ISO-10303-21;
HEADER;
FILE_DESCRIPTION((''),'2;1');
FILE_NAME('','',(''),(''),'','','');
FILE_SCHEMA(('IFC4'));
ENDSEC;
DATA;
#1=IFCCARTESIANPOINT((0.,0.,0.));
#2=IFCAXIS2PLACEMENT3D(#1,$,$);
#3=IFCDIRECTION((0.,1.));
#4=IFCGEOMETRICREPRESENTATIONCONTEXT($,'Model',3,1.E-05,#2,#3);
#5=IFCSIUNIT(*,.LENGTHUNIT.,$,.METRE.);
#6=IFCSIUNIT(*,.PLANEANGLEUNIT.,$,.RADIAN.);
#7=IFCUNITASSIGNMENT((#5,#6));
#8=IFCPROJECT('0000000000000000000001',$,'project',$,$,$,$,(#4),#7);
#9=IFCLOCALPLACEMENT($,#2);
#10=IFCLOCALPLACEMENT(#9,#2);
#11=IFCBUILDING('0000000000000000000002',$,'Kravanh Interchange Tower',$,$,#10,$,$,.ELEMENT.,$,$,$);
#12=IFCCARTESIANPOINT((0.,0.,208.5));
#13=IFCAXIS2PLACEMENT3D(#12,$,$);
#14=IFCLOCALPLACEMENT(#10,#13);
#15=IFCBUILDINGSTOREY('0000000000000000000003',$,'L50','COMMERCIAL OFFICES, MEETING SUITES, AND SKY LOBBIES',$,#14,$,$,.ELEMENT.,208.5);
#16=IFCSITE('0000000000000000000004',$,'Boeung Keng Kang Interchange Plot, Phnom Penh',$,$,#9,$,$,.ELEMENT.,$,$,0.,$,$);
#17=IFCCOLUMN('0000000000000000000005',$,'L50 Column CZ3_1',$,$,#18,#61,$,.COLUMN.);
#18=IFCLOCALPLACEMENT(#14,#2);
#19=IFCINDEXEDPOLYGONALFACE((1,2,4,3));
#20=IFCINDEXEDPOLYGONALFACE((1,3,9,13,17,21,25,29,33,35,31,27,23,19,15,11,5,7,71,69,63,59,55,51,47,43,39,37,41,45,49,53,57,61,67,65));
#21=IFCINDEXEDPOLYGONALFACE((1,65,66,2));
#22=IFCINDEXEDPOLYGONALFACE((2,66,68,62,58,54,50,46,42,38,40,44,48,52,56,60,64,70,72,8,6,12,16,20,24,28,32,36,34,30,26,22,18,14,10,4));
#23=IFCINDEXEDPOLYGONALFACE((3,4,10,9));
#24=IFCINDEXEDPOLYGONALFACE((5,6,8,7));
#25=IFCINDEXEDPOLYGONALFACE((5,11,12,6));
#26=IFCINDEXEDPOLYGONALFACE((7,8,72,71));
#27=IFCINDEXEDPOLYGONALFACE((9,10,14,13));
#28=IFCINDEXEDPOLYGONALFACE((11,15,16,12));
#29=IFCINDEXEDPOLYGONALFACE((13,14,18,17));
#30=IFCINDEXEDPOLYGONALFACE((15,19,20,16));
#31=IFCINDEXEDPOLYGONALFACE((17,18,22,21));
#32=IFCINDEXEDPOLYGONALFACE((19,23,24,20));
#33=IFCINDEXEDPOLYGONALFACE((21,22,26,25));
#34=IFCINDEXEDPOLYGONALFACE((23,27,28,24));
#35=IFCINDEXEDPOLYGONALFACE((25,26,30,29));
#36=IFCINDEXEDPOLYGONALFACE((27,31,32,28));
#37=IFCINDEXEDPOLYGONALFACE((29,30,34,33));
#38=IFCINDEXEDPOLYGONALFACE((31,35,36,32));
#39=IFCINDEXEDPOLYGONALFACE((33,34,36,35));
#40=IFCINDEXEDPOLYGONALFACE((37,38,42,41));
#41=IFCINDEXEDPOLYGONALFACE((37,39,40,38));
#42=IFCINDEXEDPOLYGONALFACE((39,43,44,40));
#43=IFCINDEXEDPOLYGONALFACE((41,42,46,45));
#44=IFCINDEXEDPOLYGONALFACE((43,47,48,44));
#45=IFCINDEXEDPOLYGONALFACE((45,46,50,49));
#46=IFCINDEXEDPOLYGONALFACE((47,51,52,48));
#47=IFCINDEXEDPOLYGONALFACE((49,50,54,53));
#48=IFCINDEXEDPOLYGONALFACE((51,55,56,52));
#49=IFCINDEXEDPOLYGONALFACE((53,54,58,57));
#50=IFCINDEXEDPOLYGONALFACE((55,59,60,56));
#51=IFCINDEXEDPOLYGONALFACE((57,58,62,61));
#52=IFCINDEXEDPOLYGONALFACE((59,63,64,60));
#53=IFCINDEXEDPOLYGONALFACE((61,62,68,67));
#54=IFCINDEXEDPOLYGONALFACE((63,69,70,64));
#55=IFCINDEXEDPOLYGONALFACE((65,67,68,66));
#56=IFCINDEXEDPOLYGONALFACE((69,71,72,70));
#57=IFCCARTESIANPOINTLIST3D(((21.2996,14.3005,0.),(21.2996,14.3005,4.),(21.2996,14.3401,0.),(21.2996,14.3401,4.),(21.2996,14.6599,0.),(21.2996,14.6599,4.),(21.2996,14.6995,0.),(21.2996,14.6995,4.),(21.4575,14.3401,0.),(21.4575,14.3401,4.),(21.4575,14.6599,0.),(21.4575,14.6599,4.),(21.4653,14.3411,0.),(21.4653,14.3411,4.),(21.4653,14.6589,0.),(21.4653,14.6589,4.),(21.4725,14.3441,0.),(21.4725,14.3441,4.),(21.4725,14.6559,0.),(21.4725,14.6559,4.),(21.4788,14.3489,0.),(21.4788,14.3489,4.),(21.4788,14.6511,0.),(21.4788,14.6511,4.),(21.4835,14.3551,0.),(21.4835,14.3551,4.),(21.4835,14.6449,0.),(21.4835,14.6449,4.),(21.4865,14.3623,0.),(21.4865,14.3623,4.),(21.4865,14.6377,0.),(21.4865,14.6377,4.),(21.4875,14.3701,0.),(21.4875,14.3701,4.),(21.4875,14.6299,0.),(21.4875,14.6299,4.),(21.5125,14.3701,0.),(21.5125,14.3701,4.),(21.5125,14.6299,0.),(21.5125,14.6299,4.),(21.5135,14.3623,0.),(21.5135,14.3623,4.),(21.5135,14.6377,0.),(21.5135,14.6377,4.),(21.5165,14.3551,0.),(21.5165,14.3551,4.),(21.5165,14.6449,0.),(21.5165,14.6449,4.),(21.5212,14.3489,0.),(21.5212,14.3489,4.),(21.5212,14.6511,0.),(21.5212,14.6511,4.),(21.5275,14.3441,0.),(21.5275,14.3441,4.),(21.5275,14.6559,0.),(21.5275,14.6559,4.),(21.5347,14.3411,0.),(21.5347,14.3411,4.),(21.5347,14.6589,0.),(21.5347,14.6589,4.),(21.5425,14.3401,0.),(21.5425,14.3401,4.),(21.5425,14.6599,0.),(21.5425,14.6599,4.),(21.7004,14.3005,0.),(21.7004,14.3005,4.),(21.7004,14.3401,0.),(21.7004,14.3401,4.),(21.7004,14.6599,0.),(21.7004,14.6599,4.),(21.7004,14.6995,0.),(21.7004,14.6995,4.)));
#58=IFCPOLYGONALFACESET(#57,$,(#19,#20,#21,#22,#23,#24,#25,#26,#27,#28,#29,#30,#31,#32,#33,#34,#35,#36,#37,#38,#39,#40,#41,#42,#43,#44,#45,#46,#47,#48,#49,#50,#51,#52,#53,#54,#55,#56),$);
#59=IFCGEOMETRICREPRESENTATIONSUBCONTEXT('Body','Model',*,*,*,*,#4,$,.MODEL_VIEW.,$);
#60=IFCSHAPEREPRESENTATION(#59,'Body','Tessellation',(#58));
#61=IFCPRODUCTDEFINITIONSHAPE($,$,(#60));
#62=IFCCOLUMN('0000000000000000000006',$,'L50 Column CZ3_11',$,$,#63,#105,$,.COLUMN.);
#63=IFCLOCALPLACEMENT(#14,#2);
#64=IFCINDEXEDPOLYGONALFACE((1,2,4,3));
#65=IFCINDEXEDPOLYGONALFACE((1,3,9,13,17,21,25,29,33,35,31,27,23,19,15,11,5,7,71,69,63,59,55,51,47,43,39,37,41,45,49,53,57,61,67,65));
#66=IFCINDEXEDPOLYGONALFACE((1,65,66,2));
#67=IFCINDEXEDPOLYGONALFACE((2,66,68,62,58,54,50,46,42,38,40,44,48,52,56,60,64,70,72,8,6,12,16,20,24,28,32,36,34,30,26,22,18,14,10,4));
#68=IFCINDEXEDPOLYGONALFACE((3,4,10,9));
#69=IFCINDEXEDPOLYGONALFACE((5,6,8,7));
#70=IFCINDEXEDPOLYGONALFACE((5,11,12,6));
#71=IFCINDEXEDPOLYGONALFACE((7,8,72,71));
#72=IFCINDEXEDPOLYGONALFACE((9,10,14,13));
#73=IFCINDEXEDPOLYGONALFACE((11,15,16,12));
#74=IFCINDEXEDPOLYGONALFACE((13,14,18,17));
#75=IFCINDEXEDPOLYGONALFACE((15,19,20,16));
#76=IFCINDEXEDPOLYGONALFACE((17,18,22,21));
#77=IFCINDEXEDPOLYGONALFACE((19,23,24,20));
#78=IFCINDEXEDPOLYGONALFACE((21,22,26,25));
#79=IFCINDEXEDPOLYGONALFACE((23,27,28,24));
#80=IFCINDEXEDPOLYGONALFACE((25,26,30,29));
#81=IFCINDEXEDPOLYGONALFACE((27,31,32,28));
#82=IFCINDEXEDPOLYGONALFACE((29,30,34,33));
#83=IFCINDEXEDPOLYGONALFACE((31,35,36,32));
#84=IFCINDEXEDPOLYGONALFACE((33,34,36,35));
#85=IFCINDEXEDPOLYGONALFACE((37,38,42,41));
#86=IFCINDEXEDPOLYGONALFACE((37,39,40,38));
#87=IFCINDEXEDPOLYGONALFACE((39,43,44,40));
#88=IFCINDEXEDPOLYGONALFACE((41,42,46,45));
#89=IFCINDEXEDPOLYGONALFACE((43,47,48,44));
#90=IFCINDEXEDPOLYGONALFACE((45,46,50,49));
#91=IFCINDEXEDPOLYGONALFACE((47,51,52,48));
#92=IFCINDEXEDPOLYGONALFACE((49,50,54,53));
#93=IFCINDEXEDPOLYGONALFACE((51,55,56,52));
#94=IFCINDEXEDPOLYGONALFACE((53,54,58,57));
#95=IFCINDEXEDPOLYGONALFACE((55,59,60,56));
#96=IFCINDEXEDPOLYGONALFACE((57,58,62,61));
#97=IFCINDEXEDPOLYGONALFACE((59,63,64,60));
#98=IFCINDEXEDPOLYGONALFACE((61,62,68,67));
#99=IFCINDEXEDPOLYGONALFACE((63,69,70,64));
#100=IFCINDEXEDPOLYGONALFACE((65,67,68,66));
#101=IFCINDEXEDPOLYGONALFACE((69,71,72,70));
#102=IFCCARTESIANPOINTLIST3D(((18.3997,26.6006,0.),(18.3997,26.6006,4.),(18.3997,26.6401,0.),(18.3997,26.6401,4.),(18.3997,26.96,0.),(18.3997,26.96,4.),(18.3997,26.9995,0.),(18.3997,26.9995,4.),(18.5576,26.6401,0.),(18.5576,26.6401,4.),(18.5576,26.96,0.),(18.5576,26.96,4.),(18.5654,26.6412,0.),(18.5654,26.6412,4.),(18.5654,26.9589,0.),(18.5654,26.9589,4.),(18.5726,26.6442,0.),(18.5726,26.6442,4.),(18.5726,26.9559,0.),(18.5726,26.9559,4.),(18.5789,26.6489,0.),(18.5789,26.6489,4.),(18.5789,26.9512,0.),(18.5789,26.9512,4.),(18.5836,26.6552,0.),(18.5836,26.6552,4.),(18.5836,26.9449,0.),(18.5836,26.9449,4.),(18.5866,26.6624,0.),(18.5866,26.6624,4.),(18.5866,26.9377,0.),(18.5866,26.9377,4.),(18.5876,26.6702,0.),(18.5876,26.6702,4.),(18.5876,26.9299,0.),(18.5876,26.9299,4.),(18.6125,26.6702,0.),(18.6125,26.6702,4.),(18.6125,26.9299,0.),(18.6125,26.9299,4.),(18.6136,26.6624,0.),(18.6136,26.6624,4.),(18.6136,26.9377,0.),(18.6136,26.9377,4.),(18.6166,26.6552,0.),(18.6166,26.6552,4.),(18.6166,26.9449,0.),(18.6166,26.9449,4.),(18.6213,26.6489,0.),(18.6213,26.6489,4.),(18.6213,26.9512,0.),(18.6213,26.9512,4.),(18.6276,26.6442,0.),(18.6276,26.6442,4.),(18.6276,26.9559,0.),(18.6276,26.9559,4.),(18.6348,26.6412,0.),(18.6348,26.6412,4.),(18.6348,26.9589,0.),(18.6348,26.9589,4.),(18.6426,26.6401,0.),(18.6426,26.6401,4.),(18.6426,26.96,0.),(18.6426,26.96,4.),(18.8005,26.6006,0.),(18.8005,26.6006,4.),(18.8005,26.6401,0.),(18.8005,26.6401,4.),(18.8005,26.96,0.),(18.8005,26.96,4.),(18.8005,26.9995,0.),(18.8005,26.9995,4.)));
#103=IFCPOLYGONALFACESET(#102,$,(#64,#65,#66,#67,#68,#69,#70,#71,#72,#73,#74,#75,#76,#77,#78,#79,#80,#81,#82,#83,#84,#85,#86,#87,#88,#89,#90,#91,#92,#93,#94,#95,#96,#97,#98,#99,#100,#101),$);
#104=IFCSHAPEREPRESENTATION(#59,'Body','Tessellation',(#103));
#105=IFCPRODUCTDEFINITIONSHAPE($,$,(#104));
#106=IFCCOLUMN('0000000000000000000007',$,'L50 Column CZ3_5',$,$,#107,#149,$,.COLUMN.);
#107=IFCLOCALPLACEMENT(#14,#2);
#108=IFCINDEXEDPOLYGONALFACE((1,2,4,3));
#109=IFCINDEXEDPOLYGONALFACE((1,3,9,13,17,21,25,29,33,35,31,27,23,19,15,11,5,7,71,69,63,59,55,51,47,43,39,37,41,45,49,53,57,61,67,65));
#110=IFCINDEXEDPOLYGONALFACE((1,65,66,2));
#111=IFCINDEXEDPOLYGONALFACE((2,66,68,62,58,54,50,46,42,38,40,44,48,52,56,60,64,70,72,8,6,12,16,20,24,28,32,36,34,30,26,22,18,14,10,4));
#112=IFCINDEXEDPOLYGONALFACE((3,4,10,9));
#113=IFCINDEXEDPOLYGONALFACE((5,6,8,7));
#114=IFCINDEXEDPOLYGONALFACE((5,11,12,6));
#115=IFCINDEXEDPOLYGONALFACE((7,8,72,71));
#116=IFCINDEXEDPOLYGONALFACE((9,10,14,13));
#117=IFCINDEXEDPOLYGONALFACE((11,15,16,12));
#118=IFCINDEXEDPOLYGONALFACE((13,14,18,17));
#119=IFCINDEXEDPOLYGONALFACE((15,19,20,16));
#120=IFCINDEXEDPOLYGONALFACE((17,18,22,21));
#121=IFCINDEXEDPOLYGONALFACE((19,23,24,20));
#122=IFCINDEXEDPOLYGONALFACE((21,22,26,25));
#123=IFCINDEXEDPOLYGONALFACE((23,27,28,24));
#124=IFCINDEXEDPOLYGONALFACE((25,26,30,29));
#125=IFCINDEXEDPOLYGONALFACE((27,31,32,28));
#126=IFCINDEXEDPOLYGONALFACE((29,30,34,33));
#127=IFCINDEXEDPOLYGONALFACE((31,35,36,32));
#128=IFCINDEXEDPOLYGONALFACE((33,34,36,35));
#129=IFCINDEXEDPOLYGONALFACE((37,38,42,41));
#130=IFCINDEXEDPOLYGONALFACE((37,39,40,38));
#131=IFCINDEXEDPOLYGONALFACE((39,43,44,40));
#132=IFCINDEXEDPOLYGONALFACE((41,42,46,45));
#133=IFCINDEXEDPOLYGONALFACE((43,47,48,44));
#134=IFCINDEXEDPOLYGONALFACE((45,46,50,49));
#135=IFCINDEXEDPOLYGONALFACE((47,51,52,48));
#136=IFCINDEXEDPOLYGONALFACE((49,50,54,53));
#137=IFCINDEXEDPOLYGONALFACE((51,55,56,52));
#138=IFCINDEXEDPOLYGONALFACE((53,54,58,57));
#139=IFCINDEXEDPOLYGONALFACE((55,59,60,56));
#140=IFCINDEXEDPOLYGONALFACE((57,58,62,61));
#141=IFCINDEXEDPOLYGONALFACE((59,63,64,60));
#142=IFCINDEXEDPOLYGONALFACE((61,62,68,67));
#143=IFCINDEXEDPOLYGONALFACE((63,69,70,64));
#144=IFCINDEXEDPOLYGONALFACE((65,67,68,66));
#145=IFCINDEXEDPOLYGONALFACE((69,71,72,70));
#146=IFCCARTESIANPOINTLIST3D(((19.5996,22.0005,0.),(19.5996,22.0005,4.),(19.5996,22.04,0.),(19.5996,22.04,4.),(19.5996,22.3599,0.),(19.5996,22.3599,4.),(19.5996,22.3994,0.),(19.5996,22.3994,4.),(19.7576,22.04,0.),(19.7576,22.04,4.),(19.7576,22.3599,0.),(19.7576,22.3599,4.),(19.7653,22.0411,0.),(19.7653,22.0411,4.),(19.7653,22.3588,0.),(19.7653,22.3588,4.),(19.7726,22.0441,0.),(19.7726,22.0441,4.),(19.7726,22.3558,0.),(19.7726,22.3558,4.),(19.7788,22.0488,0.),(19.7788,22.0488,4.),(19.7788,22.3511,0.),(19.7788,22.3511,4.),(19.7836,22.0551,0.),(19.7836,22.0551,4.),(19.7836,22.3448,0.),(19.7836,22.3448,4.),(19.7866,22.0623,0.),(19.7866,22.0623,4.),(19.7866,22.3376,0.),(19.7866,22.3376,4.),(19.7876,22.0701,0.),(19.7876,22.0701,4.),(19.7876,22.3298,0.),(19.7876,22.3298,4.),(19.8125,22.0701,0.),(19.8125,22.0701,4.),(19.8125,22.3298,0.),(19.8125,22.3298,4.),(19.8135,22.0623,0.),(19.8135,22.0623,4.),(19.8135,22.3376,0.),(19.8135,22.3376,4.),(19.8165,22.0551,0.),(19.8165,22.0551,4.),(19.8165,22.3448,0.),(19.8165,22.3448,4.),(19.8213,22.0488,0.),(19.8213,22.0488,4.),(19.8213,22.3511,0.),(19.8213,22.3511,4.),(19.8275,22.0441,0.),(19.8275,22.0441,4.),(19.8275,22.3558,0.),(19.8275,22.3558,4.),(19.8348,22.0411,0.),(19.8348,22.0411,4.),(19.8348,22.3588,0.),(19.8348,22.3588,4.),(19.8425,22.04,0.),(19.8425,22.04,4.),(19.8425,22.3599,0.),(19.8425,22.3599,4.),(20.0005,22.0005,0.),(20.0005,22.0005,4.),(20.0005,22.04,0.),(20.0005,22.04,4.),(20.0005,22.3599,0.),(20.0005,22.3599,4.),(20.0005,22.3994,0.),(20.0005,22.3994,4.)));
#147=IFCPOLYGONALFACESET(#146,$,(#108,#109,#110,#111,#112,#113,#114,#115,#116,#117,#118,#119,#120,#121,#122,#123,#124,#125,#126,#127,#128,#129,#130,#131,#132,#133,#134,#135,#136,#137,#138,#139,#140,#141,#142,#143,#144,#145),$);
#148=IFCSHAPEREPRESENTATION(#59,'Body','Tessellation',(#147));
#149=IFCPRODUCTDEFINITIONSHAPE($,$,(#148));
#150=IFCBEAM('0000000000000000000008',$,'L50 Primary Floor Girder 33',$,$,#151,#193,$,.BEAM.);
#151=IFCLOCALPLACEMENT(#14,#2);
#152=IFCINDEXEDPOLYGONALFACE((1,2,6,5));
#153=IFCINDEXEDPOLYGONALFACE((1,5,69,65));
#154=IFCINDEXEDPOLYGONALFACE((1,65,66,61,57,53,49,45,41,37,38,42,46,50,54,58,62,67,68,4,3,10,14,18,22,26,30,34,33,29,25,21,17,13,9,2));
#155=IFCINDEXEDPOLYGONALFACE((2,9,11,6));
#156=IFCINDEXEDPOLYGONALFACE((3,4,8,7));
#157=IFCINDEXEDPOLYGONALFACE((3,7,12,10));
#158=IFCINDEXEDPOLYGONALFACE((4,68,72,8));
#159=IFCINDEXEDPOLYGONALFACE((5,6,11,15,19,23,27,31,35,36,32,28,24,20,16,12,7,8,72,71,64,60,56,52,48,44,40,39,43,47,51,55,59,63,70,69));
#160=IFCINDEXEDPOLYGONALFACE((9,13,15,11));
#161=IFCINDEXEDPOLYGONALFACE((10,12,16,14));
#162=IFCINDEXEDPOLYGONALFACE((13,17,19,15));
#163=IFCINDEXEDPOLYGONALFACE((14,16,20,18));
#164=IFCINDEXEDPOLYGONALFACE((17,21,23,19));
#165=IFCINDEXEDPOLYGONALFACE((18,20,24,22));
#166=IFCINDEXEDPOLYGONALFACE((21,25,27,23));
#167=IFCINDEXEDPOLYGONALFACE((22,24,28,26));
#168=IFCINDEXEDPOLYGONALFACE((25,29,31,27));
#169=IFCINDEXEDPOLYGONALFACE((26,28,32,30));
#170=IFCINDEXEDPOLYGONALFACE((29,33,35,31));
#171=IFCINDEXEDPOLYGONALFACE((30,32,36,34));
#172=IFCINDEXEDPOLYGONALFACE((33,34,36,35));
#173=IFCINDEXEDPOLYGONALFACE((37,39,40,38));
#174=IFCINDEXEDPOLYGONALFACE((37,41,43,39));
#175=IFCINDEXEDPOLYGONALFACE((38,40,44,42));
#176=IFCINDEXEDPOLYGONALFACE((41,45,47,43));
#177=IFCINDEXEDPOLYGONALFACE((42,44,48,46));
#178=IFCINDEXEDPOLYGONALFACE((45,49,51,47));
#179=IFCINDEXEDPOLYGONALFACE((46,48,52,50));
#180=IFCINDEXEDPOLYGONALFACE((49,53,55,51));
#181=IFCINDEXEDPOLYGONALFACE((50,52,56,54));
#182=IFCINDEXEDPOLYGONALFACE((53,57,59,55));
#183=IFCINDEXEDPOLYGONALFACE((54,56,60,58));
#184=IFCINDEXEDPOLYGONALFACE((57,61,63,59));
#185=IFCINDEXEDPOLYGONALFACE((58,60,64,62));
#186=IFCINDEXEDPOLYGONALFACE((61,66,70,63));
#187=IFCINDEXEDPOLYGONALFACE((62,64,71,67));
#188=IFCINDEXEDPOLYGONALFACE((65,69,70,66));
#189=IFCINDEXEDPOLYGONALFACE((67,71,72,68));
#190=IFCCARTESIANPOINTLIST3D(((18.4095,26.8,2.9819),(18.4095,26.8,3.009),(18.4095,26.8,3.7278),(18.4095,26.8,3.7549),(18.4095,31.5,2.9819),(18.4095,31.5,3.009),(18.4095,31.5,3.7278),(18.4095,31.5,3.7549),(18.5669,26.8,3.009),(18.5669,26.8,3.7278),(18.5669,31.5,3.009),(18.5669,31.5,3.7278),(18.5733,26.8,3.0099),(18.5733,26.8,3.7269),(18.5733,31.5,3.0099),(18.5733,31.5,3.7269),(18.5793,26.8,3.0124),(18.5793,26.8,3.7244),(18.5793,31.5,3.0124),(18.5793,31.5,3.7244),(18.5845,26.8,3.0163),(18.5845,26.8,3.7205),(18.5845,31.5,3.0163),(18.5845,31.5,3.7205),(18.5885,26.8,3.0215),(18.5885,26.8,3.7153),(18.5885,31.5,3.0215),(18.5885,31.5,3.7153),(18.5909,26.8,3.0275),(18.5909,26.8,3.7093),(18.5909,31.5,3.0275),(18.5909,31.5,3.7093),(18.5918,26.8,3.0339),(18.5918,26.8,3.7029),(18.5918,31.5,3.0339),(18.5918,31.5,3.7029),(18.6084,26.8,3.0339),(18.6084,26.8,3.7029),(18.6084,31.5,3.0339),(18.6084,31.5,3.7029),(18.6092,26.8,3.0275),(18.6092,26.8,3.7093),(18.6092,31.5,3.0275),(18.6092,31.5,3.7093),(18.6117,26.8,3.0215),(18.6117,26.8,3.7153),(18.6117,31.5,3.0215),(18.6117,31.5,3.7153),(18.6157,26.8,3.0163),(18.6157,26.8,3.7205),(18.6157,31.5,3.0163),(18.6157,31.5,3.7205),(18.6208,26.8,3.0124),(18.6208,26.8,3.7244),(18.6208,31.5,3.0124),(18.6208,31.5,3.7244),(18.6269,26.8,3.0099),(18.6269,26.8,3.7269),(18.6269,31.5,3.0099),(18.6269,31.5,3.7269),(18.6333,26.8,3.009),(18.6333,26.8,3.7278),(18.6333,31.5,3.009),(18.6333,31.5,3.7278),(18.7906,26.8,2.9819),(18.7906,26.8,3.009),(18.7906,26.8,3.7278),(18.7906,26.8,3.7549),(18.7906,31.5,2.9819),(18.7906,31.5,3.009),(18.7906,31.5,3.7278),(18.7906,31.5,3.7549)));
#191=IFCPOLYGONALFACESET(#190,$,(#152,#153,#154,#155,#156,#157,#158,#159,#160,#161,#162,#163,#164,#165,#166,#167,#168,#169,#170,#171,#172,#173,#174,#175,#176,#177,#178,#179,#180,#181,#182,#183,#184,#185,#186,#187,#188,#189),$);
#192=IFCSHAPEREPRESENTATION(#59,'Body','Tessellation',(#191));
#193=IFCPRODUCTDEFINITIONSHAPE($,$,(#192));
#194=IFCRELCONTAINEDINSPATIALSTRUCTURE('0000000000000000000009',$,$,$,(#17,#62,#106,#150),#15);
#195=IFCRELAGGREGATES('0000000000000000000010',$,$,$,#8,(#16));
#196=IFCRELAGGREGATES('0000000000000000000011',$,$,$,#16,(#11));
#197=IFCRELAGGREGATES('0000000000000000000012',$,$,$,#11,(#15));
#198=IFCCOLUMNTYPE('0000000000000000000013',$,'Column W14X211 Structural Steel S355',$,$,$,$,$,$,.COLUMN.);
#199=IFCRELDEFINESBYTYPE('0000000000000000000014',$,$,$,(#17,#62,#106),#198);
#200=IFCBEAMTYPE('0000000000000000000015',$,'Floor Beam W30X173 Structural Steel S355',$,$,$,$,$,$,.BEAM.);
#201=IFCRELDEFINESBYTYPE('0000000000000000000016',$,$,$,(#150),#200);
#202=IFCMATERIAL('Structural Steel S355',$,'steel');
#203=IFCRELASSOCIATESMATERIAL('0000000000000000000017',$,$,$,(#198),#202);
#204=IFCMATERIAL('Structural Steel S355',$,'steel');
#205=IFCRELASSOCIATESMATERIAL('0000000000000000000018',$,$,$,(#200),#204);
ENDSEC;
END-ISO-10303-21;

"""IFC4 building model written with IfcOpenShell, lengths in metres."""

from ifc_helpers import new_model, si_unit, direction, frame, origin, origin_2d, place, context, subcontext, project, spatial, i_section, extrude, material, material_profile, profile_set, type_object, element, save


model = new_model("IFC4")

# Units and contexts
model_context = context("Model", 3, precision=1e-05, world=origin(), true_north=direction((0.0, 1.0)))
body_context = subcontext(model_context, "Body", "Model", "MODEL_VIEW")
ifc_project = project(units=[si_unit("LENGTHUNIT", "METRE"), si_unit("PLANEANGLEUNIT", "RADIAN")], contexts=[model_context])

# Site, building, storey
site_placement = place(None, origin())
site = spatial("IfcSite", under=ifc_project, at=site_placement, Name="Boeung Keng Kang Interchange Plot, Phnom Penh", CompositionType="ELEMENT", RefElevation=0.0)
building_placement = place(site_placement, origin())
building = spatial("IfcBuilding", under=site, at=building_placement, Name="Kravanh Interchange Tower", CompositionType="ELEMENT")
storey_placement = place(building_placement, frame((0.0, 0.0, 208.5)))
storey = spatial("IfcBuildingStorey", under=building, at=storey_placement, Name="L50", Description="COMMERCIAL OFFICES, MEETING SUITES, AND SKY LOBBIES", CompositionType="ELEMENT", Elevation=208.5)

# Columns
ifc_material_1 = material(Name="Structural Steel S355", Category="steel")
ifc_material_profile_1 = material_profile(ifc_material_1, i_section(OverallWidth=0.4009, OverallDepth=0.3989, WebThickness=0.0249, FlangeThickness=0.0396, FilletRadius=0.03, at=origin_2d()), Name="W14X211")
ifc_profile_set_1 = profile_set([ifc_material_profile_1], Name="Structural Steel S355")
column_type = type_object("IfcColumnType", Name="Column W14X211 Structural Steel S355", PredefinedType="COLUMN", material=ifc_profile_set_1)
for number, where, z_axis, x_axis, name in (
    (1, (21.5, 14.5, 0.0), (0.0, 0.0, 1.0), (1.0, 0.0, 0.0), "L50 Column CZ3_1"),
    (2, (18.6001, 26.8, 0.0), (0.0, 0.0, 1.0), (1.0, 0.0, 0.0), "L50 Column CZ3_11"),
    (3, (19.8, 22.2, 0.0), (0.0, 0.0, 1.0), (1.0, 0.0, 0.0), "L50 Column CZ3_5"),
):
    element("IfcColumn", number, at=place(storey_placement, frame(where, z_axis=z_axis, x_axis=x_axis)), inside=storey, type_object=column_type, Name=name, PredefinedType="COLUMN", context=body_context, shape_type="SweptSolid", body=[
        extrude(i_section(OverallWidth=0.4009, OverallDepth=0.3989, WebThickness=0.0249, FlangeThickness=0.0396, FilletRadius=0.03, at=origin_2d()), origin(), (0.0, 0.0, 1.0), 4.0),
    ])

# Beam
ifc_material_2 = material(Name="Structural Steel S355", Category="steel")
ifc_material_profile_2 = material_profile(ifc_material_2, i_section(OverallWidth=0.3811, OverallDepth=0.7729, WebThickness=0.0166, FlangeThickness=0.0271, FilletRadius=0.0249, at=origin_2d()), Name="W30X173")
ifc_profile_set_2 = profile_set([ifc_material_profile_2], Name="Structural Steel S355")
beam_type_1 = type_object("IfcBeamType", Name="Floor Beam W30X173 Structural Steel S355", PredefinedType="BEAM", material=ifc_profile_set_2)
beam_1_placement = place(storey_placement, frame((18.6001, 26.8, 3.3684), z_axis=(0.0, 1.0, 0.0), x_axis=(-1.0, 0.0, 0.0)))
element("IfcBeam", 4, at=beam_1_placement, inside=storey, type_object=beam_type_1, Name="L50 Primary Floor Girder 33", PredefinedType="BEAM", context=body_context, shape_type="SweptSolid", body=[
    extrude(i_section(OverallWidth=0.3811, OverallDepth=0.7729, WebThickness=0.0166, FlangeThickness=0.0271, FilletRadius=0.0249, at=origin_2d()), origin(), (0.0, 0.0, 1.0), 4.7),
])

save(model, "model.ifc")
